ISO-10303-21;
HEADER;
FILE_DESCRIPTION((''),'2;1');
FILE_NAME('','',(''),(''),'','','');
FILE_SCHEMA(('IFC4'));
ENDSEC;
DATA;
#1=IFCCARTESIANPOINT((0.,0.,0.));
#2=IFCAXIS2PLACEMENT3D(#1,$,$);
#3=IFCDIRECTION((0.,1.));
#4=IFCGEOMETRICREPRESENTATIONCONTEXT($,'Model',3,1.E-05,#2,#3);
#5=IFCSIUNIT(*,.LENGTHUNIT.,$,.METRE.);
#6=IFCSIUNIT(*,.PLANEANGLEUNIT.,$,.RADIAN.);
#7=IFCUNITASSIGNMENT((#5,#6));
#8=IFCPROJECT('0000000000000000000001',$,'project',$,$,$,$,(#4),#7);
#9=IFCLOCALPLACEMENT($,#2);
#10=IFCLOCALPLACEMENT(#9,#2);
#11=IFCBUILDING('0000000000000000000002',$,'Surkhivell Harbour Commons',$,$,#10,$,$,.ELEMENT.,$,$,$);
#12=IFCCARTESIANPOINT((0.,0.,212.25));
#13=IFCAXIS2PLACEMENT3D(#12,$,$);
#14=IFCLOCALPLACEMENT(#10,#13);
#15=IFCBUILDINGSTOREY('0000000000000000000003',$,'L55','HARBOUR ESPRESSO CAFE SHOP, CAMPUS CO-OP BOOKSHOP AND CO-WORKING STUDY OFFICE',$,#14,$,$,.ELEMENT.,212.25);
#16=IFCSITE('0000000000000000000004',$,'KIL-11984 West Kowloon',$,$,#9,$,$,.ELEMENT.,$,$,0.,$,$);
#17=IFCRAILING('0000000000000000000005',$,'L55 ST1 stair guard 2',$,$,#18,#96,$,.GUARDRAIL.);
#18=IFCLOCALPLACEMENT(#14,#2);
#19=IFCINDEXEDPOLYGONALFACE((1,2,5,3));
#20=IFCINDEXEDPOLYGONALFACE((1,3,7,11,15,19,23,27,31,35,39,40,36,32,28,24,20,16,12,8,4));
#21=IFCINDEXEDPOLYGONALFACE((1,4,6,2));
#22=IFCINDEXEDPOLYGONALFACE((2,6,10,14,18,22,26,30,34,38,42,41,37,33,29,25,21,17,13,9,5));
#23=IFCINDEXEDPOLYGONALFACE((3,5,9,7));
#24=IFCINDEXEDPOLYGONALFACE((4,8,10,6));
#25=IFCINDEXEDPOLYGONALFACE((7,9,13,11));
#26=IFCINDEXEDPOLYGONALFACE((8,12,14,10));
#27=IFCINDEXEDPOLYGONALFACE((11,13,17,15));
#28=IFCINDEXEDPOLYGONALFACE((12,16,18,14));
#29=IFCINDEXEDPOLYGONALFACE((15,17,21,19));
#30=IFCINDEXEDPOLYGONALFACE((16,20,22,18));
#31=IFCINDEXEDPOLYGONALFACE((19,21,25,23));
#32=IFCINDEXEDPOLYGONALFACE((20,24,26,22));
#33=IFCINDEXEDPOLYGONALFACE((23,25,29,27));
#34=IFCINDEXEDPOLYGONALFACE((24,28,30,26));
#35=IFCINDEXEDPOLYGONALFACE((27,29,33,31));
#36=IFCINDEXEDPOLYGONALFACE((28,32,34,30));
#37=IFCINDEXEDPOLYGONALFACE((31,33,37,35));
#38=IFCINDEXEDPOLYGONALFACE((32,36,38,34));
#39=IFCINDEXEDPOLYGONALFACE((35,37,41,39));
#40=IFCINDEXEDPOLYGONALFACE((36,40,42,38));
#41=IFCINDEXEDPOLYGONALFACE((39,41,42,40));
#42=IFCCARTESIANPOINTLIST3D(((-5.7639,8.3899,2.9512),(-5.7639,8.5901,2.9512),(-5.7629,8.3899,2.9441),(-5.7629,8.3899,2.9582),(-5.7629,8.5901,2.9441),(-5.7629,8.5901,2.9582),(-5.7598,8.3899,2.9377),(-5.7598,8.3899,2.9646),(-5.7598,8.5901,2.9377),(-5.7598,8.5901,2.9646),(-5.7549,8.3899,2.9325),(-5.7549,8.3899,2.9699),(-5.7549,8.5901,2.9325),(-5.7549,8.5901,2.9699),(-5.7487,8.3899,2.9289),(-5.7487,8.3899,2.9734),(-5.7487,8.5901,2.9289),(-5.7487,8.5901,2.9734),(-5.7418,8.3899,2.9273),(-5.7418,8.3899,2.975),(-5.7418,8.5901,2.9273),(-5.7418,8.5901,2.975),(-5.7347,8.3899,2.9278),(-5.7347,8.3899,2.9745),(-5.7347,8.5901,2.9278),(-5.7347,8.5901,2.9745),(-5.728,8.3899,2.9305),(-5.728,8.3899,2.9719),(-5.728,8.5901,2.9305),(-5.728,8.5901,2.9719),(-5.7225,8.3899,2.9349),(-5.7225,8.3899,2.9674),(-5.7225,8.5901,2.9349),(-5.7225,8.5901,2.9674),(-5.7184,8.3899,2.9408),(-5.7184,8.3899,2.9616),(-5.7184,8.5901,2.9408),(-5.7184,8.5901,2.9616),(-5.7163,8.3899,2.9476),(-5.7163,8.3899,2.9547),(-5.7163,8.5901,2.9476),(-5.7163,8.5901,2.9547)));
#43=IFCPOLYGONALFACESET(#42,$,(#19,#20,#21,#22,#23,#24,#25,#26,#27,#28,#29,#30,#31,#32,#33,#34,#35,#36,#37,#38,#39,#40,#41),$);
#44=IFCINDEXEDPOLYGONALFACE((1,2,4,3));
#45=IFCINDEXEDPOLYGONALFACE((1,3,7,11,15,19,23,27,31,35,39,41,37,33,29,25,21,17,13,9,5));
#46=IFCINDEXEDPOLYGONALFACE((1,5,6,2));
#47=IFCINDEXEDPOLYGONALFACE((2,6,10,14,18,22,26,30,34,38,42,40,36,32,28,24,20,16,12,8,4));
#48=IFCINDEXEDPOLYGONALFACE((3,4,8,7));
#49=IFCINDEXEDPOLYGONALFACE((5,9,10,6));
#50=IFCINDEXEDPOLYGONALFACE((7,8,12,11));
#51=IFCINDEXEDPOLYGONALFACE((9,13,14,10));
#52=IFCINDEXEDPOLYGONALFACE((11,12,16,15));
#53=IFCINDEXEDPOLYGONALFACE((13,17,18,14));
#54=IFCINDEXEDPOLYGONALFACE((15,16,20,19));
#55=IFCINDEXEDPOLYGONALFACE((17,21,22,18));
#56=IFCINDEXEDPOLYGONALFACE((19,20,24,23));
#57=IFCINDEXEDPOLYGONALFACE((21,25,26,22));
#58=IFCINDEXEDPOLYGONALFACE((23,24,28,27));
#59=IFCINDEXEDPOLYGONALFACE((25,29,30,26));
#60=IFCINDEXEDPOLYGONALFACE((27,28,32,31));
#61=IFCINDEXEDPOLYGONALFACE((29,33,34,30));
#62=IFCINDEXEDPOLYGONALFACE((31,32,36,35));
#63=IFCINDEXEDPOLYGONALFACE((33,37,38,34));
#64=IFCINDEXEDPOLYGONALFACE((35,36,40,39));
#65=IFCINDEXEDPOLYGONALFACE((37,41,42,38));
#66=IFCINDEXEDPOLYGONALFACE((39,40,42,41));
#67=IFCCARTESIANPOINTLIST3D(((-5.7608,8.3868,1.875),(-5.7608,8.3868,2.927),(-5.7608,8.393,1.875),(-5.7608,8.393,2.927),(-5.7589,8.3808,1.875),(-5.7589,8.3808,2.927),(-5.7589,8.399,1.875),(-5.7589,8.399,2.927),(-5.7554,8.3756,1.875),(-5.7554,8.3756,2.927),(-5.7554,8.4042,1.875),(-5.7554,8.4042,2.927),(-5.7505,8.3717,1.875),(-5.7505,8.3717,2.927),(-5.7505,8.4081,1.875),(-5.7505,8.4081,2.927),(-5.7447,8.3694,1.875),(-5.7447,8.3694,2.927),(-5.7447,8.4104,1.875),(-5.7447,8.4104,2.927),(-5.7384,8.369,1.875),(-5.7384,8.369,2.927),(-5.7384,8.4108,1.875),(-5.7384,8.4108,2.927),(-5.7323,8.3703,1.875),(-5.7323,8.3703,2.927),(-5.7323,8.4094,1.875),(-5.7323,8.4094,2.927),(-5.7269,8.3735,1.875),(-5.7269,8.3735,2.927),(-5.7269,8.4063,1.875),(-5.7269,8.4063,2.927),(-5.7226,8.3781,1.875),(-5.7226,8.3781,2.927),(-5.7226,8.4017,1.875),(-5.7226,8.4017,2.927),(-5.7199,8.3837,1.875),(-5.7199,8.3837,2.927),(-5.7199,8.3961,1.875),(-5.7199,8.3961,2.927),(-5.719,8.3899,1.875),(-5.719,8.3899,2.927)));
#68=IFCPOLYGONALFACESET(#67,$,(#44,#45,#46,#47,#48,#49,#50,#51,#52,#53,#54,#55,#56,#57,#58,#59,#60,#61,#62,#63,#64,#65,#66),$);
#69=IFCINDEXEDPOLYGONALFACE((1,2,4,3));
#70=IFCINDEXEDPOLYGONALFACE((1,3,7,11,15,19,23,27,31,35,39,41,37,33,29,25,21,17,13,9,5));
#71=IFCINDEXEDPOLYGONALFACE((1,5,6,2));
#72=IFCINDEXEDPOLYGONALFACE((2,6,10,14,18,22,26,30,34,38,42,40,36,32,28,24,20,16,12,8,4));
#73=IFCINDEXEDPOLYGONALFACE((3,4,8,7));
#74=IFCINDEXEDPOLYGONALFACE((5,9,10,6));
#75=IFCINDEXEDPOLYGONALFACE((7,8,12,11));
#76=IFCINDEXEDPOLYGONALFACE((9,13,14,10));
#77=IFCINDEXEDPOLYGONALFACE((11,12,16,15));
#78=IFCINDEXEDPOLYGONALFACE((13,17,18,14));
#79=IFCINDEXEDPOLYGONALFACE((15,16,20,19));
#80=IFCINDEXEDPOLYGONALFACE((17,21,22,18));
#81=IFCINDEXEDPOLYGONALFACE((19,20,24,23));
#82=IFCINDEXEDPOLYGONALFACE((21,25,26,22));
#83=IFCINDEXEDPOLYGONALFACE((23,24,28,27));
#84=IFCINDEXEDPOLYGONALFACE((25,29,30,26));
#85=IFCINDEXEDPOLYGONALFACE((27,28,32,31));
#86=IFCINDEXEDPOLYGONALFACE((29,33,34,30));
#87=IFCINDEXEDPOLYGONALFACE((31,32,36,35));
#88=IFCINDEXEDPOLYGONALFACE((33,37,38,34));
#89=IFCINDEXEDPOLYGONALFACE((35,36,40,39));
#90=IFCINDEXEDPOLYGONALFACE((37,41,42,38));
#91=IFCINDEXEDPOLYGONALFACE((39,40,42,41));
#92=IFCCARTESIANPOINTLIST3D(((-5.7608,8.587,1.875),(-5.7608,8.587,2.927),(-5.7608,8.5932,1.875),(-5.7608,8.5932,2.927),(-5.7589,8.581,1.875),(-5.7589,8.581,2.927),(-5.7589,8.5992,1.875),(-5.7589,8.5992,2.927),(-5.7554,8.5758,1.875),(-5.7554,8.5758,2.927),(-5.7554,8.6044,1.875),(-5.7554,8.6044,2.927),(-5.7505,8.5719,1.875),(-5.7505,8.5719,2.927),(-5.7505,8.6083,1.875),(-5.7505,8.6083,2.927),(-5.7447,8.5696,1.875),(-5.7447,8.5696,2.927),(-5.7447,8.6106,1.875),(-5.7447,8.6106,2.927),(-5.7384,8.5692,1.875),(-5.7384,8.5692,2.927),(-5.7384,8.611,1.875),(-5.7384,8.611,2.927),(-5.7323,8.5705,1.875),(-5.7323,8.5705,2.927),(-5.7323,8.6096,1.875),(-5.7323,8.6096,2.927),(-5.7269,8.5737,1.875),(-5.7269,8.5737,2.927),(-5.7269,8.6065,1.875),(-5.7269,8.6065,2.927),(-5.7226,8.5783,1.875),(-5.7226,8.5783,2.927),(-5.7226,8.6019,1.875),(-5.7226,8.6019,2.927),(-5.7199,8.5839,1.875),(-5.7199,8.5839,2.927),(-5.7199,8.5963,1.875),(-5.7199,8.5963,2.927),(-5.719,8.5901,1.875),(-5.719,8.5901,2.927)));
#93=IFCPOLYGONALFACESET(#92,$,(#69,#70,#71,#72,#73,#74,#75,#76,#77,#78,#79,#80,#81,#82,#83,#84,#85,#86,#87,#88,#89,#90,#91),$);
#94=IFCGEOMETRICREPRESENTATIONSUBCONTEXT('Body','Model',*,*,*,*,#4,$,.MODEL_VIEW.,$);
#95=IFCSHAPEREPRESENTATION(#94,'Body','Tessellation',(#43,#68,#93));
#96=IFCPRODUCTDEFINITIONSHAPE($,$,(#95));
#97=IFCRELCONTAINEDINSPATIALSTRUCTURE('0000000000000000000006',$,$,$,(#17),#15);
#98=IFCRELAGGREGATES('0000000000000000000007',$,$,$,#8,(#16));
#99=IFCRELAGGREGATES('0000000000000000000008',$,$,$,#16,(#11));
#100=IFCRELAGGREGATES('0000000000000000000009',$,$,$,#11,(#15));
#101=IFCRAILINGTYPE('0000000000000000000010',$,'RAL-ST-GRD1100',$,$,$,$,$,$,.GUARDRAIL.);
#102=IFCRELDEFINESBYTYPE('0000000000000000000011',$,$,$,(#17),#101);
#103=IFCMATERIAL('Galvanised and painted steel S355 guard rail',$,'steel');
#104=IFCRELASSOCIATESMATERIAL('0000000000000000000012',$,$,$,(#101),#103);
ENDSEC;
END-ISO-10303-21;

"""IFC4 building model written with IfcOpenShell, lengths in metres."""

from ifc_helpers import new_model, si_unit, direction, frame, origin, origin_2d, place, context, subcontext, project, spatial, circle, extrude, material, type_object, element, save


model = new_model("IFC4")

# Units and contexts
model_context = context("Model", 3, precision=1e-05, world=origin(), true_north=direction((0.0, 1.0)))
body_context = subcontext(model_context, "Body", "Model", "MODEL_VIEW")
ifc_project = project(units=[si_unit("LENGTHUNIT", "METRE"), si_unit("PLANEANGLEUNIT", "RADIAN")], contexts=[model_context])

# Site, building, storey
site_placement = place(None, origin())
site = spatial("IfcSite", under=ifc_project, at=site_placement, Name="KIL-11984 West Kowloon", CompositionType="ELEMENT", RefElevation=0.0)
building_placement = place(site_placement, origin())
building = spatial("IfcBuilding", under=site, at=building_placement, Name="Surkhivell Harbour Commons", CompositionType="ELEMENT")
storey_placement = place(building_placement, frame((0.0, 0.0, 212.25)))
storey = spatial("IfcBuildingStorey", under=building, at=storey_placement, Name="L55", Description="HARBOUR ESPRESSO CAFE SHOP, CAMPUS CO-OP BOOKSHOP AND CO-WORKING STUDY OFFICE", CompositionType="ELEMENT", Elevation=212.25)

# Railing
ifc_material_1 = material(Name="Galvanised and painted steel S355 guard rail", Category="steel")
railing_type_1 = type_object("IfcRailingType", Name="RAL-ST-GRD1100", PredefinedType="GUARDRAIL", material=ifc_material_1)
railing_1_placement = place(storey_placement, frame((-5.74, 8.3899, 1.875)))
element("IfcRailing", 1, at=railing_1_placement, inside=storey, type_object=railing_type_1, Name="L55 ST1 stair guard 2", PredefinedType="GUARDRAIL", context=body_context, shape_type="SweptSolid", body=[
    extrude(circle(Radius=0.0239, at=origin_2d()), frame((0.0, 0.0, 1.0762), z_axis=(0.0, 1.0, 0.0), x_axis=(-1.0, 0.0, 0.0)), (0.0, 0.0, 1.0), 0.2002),
    extrude(circle(Radius=0.021, at=origin_2d()), origin(), (0.0, 0.0, 1.0), 1.052),
    extrude(circle(Radius=0.021, at=origin_2d()), frame((0.0, 0.2002, 0.0)), (0.0, 0.0, 1.0), 1.052),
])

save(model, "model.ifc")
